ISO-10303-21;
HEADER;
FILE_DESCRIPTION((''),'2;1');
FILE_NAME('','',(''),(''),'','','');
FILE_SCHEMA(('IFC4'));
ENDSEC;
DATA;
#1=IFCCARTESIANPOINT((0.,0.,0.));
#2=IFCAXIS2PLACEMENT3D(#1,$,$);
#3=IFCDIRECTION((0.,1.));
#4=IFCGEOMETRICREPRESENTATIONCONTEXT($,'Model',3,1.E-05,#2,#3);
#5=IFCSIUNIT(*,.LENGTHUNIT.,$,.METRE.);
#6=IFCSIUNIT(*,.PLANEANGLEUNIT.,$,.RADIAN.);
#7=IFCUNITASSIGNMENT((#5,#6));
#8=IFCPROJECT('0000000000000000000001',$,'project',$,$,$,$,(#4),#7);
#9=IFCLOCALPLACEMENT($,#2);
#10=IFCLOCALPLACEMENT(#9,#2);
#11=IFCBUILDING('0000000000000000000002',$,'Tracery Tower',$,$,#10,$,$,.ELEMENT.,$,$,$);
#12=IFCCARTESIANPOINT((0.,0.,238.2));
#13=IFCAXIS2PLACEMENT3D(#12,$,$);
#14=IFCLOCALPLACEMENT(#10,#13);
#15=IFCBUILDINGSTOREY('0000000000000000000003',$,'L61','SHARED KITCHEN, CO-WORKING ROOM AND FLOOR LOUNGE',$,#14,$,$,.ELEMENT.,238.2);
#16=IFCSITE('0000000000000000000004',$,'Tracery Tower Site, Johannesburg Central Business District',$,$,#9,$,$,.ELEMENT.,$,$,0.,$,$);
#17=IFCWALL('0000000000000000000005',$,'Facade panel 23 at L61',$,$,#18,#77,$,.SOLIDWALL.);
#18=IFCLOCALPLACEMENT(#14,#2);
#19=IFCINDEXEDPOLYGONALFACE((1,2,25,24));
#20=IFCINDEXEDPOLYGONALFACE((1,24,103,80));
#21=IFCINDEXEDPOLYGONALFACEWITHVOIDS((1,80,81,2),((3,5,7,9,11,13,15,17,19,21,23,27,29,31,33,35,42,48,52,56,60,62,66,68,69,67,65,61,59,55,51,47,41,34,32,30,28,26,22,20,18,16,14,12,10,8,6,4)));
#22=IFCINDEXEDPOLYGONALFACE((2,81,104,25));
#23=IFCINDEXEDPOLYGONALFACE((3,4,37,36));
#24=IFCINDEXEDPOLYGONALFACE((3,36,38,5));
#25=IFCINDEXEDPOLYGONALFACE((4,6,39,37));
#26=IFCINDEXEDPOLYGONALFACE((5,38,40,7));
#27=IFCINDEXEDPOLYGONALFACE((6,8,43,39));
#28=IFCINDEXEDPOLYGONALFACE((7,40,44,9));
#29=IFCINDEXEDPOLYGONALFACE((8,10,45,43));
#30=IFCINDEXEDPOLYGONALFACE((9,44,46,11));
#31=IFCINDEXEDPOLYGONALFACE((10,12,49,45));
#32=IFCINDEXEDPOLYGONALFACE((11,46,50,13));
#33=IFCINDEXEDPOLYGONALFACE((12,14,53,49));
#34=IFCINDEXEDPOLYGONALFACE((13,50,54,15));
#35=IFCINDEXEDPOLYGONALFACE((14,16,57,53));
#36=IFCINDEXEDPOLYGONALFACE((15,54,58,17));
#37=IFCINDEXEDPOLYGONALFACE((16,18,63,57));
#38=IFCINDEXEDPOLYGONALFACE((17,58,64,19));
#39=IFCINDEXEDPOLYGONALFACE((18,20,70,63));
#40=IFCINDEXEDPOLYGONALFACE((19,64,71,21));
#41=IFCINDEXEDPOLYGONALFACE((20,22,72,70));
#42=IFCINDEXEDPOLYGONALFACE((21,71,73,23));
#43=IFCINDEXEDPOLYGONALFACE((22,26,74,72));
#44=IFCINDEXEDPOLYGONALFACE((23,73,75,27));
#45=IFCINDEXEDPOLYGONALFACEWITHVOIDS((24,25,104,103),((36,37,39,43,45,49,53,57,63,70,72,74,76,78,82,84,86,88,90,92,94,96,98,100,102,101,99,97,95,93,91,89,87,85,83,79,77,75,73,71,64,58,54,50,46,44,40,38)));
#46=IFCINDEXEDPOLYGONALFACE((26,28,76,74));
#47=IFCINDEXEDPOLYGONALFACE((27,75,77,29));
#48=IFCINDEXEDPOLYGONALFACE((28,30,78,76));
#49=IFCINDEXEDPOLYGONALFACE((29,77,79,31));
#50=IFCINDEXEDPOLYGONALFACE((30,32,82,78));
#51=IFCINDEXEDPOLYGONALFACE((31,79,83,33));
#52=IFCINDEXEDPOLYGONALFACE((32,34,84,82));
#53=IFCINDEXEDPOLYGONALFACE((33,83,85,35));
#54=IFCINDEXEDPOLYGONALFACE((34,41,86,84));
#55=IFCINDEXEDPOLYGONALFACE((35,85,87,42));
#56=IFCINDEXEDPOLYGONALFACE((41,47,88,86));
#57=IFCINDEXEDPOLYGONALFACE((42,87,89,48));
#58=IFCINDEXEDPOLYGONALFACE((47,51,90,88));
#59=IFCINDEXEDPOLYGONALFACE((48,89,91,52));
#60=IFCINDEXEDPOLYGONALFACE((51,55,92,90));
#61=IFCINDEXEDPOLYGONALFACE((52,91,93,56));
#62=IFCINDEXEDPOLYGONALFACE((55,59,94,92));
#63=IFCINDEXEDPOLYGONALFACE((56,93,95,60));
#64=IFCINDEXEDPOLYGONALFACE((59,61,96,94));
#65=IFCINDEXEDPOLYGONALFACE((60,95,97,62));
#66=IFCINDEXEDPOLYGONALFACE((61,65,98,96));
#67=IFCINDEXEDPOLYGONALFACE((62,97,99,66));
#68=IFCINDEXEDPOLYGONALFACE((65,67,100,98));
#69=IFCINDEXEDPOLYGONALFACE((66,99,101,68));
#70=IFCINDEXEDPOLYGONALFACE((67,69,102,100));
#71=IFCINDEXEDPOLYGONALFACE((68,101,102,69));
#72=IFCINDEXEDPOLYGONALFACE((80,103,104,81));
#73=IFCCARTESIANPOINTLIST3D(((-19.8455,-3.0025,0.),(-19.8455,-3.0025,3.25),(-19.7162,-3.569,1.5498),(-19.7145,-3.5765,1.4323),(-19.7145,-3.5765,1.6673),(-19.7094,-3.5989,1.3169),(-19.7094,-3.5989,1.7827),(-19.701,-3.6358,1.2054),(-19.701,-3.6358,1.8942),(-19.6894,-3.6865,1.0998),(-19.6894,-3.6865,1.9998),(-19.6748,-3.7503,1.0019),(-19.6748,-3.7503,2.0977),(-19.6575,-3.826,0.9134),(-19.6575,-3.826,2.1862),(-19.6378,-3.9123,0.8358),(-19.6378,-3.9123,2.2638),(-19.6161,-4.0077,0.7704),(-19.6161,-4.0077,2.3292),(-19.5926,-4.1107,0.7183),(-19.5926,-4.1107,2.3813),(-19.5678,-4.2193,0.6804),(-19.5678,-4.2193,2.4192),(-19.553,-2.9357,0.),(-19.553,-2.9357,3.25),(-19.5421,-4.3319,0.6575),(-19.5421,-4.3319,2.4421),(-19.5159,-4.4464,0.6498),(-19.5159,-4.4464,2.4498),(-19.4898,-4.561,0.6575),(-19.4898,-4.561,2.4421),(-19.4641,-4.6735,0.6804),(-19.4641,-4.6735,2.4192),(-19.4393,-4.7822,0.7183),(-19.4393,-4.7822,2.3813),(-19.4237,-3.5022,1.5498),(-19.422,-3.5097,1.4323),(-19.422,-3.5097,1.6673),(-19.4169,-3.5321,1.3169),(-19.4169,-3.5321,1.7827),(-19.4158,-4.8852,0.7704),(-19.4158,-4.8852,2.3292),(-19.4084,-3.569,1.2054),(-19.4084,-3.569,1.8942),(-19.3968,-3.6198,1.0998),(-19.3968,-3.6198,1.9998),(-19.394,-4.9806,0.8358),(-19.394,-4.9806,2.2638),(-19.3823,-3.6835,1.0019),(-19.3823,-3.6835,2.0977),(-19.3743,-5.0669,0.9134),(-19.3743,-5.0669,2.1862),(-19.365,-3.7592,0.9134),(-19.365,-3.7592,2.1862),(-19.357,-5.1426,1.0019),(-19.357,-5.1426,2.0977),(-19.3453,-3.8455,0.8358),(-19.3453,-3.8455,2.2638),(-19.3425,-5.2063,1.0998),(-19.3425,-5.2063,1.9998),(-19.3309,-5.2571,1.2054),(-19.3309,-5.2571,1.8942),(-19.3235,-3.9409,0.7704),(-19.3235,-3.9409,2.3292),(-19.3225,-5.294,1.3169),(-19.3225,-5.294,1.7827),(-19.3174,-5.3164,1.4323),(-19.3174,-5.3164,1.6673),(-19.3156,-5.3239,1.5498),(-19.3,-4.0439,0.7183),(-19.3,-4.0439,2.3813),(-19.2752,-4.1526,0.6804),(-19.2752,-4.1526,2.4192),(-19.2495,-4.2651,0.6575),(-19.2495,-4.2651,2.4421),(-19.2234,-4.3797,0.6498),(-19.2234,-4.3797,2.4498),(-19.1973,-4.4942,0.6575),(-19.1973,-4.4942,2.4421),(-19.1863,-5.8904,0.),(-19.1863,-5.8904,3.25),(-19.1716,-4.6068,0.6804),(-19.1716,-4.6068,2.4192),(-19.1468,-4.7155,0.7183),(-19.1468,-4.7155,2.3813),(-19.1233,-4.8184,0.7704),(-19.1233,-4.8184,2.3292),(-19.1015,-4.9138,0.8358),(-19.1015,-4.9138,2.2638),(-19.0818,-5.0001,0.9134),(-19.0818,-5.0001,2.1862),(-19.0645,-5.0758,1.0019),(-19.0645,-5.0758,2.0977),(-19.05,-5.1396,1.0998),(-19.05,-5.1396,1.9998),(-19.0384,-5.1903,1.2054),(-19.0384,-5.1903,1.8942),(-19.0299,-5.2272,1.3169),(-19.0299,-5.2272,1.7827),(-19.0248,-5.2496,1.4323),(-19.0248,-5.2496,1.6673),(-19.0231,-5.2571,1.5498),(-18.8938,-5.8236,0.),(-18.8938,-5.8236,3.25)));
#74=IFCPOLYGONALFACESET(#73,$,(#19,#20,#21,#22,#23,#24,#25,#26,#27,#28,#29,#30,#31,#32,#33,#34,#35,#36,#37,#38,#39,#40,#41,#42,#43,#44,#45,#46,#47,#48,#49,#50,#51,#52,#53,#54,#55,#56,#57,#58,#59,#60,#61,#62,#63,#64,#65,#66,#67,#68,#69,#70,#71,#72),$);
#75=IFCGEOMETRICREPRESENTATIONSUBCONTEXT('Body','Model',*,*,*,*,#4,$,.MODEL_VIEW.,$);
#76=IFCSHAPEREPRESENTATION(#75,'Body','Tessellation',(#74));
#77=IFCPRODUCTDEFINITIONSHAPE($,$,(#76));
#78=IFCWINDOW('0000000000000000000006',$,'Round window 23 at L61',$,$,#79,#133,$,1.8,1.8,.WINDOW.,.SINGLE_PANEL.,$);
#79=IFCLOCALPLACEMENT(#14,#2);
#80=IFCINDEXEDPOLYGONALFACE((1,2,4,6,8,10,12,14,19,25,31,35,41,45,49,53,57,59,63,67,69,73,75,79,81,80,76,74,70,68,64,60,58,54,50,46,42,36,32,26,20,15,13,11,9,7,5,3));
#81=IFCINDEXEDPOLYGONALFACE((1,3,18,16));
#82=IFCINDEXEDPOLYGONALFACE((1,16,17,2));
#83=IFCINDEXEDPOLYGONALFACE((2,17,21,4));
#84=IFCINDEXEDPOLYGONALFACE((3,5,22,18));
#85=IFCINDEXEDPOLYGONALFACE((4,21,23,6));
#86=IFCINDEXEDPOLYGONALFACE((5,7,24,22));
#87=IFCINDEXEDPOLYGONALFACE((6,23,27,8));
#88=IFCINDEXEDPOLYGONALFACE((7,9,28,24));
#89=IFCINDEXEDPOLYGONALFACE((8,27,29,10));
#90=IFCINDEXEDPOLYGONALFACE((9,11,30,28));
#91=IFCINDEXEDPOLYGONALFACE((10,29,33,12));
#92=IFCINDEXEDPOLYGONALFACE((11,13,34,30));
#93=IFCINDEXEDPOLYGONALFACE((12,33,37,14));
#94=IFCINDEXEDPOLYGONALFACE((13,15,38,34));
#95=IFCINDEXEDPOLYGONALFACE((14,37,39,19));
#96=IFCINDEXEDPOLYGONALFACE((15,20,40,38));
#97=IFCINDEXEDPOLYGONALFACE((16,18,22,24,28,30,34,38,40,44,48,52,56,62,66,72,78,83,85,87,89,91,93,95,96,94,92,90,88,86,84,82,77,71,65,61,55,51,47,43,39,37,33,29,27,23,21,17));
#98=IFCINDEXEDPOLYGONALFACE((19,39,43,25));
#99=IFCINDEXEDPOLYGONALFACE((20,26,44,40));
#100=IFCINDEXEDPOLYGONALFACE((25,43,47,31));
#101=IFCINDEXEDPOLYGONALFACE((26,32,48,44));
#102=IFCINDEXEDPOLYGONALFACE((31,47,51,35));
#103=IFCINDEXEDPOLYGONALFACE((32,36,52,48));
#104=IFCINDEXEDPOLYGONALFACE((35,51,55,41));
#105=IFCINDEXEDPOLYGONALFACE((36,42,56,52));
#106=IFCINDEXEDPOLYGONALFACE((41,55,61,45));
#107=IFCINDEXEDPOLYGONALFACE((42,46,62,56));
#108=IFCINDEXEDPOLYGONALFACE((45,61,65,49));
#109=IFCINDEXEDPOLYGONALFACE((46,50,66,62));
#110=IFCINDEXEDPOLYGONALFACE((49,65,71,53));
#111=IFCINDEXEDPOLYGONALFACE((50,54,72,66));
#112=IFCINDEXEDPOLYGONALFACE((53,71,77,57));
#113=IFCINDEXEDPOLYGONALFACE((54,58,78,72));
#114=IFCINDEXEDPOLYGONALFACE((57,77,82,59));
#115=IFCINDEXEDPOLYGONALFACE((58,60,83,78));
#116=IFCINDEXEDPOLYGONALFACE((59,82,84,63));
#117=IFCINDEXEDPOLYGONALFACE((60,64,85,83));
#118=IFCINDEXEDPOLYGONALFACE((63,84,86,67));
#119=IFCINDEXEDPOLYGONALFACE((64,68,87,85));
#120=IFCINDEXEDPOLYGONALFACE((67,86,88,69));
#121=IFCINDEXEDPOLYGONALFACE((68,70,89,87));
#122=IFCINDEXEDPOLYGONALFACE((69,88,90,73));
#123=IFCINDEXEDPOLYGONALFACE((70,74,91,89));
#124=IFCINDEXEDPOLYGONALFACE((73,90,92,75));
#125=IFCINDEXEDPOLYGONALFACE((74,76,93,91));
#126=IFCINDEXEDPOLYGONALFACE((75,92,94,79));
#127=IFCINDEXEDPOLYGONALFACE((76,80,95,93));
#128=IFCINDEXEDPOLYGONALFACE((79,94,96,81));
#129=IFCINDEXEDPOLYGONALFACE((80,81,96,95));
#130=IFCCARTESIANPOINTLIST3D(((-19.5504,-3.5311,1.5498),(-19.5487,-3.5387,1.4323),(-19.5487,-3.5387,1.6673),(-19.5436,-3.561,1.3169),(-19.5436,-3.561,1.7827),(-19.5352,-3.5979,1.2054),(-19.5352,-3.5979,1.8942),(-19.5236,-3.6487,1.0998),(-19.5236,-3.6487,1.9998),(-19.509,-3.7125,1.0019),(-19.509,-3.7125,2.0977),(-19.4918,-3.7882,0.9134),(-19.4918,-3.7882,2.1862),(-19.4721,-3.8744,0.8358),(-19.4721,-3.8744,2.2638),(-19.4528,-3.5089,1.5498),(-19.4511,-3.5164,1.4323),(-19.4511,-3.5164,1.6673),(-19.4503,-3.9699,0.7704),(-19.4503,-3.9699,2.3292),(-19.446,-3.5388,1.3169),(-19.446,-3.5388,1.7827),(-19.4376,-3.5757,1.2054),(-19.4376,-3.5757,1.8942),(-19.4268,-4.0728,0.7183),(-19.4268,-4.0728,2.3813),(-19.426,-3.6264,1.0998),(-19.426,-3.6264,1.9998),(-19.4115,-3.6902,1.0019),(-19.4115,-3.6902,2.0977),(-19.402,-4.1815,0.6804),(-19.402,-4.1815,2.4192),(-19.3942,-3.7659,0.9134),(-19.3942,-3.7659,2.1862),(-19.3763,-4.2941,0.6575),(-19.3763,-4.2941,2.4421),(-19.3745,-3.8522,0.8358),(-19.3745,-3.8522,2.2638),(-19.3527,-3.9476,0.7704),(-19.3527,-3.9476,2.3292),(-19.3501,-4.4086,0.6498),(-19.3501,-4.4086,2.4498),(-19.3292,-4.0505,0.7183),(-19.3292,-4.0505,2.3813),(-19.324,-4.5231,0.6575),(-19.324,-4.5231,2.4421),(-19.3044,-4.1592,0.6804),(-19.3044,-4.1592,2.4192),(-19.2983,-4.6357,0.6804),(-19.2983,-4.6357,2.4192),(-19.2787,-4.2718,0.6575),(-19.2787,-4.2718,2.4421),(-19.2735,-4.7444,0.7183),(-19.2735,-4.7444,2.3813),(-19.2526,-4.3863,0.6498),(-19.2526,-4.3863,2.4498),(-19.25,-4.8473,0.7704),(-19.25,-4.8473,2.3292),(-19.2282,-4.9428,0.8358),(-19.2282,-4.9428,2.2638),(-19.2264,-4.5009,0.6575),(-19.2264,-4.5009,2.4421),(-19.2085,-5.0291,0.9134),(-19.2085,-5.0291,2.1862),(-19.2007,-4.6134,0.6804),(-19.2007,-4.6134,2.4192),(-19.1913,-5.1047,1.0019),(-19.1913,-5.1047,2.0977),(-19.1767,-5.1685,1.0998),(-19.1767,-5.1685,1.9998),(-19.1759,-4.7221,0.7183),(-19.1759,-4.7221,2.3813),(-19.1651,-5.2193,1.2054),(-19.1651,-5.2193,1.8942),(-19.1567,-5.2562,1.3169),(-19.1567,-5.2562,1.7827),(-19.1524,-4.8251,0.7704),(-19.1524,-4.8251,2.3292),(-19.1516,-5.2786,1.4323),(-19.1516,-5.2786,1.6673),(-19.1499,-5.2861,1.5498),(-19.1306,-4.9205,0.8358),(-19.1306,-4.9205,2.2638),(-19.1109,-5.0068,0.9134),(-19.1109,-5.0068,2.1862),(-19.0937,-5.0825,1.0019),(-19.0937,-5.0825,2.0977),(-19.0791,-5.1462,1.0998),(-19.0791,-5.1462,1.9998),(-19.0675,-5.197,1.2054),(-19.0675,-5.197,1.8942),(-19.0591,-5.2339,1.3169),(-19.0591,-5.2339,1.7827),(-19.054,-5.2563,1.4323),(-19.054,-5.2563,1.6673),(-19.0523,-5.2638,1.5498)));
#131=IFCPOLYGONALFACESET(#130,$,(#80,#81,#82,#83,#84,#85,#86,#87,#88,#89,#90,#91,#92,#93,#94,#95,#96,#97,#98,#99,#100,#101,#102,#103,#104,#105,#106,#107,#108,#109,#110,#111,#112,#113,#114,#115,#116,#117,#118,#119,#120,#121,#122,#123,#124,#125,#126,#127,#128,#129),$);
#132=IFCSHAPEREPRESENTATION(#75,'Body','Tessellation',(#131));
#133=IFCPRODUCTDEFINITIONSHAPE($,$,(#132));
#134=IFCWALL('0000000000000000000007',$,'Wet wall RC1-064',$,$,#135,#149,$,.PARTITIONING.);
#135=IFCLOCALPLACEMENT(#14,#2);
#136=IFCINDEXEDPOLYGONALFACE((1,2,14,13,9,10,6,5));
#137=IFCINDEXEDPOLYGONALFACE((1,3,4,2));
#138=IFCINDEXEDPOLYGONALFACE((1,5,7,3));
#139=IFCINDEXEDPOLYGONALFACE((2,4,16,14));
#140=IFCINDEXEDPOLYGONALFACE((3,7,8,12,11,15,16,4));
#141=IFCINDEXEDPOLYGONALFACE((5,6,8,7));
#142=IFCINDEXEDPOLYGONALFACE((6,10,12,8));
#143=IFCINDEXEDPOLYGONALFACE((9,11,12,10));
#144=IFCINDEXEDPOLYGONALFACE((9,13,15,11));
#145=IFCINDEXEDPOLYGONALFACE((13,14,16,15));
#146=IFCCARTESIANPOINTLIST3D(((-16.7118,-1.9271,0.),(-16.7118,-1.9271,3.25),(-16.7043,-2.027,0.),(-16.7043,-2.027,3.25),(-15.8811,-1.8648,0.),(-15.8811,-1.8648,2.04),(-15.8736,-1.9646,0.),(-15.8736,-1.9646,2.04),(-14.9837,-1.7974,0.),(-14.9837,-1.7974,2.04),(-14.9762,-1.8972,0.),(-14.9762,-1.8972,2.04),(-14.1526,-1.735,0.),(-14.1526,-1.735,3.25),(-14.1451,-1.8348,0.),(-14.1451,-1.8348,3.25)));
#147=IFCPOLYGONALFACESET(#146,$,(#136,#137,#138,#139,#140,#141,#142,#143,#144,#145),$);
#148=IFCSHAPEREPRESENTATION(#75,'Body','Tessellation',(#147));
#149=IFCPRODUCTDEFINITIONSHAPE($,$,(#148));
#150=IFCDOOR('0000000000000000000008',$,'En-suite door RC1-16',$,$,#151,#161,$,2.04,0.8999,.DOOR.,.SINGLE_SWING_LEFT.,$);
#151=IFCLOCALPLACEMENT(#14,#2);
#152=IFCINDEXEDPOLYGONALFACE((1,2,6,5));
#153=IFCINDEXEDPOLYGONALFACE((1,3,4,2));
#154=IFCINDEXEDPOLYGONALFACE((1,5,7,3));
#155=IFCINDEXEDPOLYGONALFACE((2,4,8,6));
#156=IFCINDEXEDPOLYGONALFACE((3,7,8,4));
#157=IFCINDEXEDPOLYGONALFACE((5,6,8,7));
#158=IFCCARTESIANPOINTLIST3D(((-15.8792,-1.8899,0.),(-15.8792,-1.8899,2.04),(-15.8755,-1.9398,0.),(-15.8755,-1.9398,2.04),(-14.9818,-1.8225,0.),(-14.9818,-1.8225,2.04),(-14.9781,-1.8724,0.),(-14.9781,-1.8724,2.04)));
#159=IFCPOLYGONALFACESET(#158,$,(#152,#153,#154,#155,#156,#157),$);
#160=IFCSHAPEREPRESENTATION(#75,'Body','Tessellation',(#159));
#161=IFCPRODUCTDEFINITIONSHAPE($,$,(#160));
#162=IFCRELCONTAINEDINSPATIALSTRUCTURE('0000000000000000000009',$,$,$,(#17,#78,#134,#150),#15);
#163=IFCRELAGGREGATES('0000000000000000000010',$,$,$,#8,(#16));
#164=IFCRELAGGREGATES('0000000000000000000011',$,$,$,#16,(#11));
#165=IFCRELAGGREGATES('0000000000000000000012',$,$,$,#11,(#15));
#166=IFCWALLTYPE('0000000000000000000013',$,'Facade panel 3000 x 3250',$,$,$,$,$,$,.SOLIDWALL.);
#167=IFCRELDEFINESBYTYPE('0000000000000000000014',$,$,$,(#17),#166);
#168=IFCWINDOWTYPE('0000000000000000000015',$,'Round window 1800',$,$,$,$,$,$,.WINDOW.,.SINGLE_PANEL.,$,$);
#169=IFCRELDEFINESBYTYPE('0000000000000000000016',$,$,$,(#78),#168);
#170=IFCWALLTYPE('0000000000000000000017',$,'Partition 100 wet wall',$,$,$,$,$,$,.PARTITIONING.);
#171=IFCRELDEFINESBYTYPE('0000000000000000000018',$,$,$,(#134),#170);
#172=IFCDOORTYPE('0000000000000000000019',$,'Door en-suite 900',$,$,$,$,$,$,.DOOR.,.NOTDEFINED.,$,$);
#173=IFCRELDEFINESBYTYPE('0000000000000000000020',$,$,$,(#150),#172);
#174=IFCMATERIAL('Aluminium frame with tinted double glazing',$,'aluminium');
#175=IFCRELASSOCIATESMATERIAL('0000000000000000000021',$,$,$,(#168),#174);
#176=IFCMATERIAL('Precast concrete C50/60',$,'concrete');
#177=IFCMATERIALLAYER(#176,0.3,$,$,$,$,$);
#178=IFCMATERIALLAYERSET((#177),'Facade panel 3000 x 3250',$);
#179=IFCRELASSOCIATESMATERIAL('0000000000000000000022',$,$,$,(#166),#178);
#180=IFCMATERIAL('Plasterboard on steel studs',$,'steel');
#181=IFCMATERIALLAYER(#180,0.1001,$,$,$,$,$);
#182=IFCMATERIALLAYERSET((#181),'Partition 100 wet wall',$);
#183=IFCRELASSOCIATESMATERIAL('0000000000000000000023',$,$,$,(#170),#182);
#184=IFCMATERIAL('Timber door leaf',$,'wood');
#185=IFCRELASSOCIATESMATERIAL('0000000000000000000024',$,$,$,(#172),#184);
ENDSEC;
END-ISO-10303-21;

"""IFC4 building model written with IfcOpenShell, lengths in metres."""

from ifc_helpers import new_model, si_unit, direction, frame, frame_2d, origin, origin_2d, place, context, subcontext, project, spatial, rectangle, circle, extrude, material, layer, layer_set, type_object, element, fill, save


model = new_model("IFC4")

# Units and contexts
model_context = context("Model", 3, precision=1e-05, world=origin(), true_north=direction((0.0, 1.0)))
body_context = subcontext(model_context, "Body", "Model", "MODEL_VIEW")
ifc_project = project(units=[si_unit("LENGTHUNIT", "METRE"), si_unit("PLANEANGLEUNIT", "RADIAN")], contexts=[model_context])

# Site, building, storey
site_placement = place(None, origin())
site = spatial("IfcSite", under=ifc_project, at=site_placement, Name="Tracery Tower Site, Johannesburg Central Business District", CompositionType="ELEMENT", RefElevation=0.0)
building_placement = place(site_placement, origin())
building = spatial("IfcBuilding", under=site, at=building_placement, Name="Tracery Tower", CompositionType="ELEMENT")
storey_placement = place(building_placement, frame((0.0, 0.0, 238.2)))
storey = spatial("IfcBuildingStorey", under=building, at=storey_placement, Name="L61", Description="SHARED KITCHEN, CO-WORKING ROOM AND FLOOR LOUNGE", CompositionType="ELEMENT", Elevation=238.2)

# Wall, opening, window
ifc_material_1 = material(Name="Aluminium frame with tinted double glazing", Category="aluminium")
window_type = type_object("IfcWindowType", Name="Round window 1800", PartitioningType="SINGLE_PANEL", PredefinedType="WINDOW", material=ifc_material_1)
ifc_material_2 = material(Name="Precast concrete C50/60", Category="concrete")
ifc_layer_1 = layer(ifc_material_2, 0.3)
ifc_layer_set_1 = layer_set([ifc_layer_1], Name="Facade panel 3000 x 3250")
wall_type_1 = type_object("IfcWallType", Name="Facade panel 3000 x 3250", PredefinedType="SOLIDWALL", material=ifc_layer_set_1)
wall_1_placement = place(storey_placement, frame((-19.6992, -2.9692, 0.0), z_axis=(0.0, 0.0, 1.0), x_axis=(0.222529, -0.974926, 0.0)))
wall_1 = element("IfcWall", 1, at=wall_1_placement, inside=storey, type_object=wall_type_1, Name="Facade panel 23 at L61", PredefinedType="SOLIDWALL", context=body_context, shape_type="SweptSolid", body=[
    extrude(rectangle(XDim=2.9622, YDim=0.3, at=frame_2d((1.481, 0.0))), origin(), (0.0, 0.0, 1.0), 3.25),
])
opening_1_placement = place(wall_1_placement, frame((1.481, 0.0, 1.5498)))
opening_1 = element("IfcOpeningElement", 2, at=opening_1_placement, cuts=wall_1, PredefinedType="OPENING", context=body_context, shape_type="SweptSolid", body=[
    extrude(circle(Radius=0.9, at=origin_2d()), frame((0.0, 0.1599, 0.0), z_axis=(0.0, -1.0, 0.0), x_axis=(1.0, 0.0, 0.0)), (0.0, 0.0, 1.0), 0.3201),
])
window_1_placement = place(opening_1_placement, origin())
window_1 = element("IfcWindow", 3, at=window_1_placement, inside=storey, type_object=window_type, Name="Round window 23 at L61", OverallHeight=1.8, OverallWidth=1.8, PartitioningType="SINGLE_PANEL", PredefinedType="WINDOW", context=body_context, shape_type="SweptSolid", body=[
    extrude(circle(Radius=0.9, at=origin_2d()), frame((0.0, 0.1201, 0.0), z_axis=(0.0, -1.0, 0.0), x_axis=(1.0, 0.0, 0.0)), (0.0, 0.0, 1.0), 0.1001),
])
fill(opening_1, window_1)

# Wall, opening, door
ifc_material_3 = material(Name="Plasterboard on steel studs", Category="steel")
ifc_layer_2 = layer(ifc_material_3, 0.1001)
ifc_layer_set_2 = layer_set([ifc_layer_2], Name="Partition 100 wet wall")
wall_type_2 = type_object("IfcWallType", Name="Partition 100 wet wall", PredefinedType="PARTITIONING", material=ifc_layer_set_2)
wall_2_placement = place(storey_placement, frame((-16.708, -1.9771, 0.0), z_axis=(0.0, 0.0, 1.0), x_axis=(0.997193, 0.07487, 0.0)))
wall_2 = element("IfcWall", 4, at=wall_2_placement, inside=storey, type_object=wall_type_2, Name="Wet wall RC1-064", PredefinedType="PARTITIONING", context=body_context, shape_type="SweptSolid", body=[
    extrude(rectangle(XDim=2.5664, YDim=0.1001, at=frame_2d((1.2832, 0.0))), origin(), (0.0, 0.0, 1.0), 3.25),
])
opening_2_placement = place(wall_2_placement, frame((0.833, 0.0, 0.0)))
opening_2 = element("IfcOpeningElement", 5, at=opening_2_placement, cuts=wall_2, PredefinedType="OPENING", context=body_context, shape_type="SweptSolid", body=[
    extrude(rectangle(XDim=0.8999, YDim=2.04, at=frame_2d((0.45, 1.02))), frame((0.0, 0.05, 0.0), z_axis=(0.0, -1.0, 0.0), x_axis=(1.0, 0.0, 0.0)), (0.0, 0.0, 1.0), 0.1001),
])
ifc_material_4 = material(Name="Timber door leaf", Category="wood")
door_type = type_object("IfcDoorType", Name="Door en-suite 900", OperationType="NOTDEFINED", PredefinedType="DOOR", material=ifc_material_4)
door_1_placement = place(opening_2_placement, origin())
door_1 = element("IfcDoor", 6, at=door_1_placement, inside=storey, type_object=door_type, Name="En-suite door RC1-16", OperationType="SINGLE_SWING_LEFT", OverallHeight=2.04, OverallWidth=0.8999, PredefinedType="DOOR", context=body_context, shape_type="SweptSolid", body=[
    extrude(rectangle(XDim=0.8999, YDim=2.04, at=frame_2d((0.45, 1.02))), frame((0.0, 0.0249, 0.0), z_axis=(0.0, -1.0, 0.0), x_axis=(1.0, 0.0, 0.0)), (0.0, 0.0, 1.0), 0.05),
])
fill(opening_2, door_1)

save(model, "model.ifc")
